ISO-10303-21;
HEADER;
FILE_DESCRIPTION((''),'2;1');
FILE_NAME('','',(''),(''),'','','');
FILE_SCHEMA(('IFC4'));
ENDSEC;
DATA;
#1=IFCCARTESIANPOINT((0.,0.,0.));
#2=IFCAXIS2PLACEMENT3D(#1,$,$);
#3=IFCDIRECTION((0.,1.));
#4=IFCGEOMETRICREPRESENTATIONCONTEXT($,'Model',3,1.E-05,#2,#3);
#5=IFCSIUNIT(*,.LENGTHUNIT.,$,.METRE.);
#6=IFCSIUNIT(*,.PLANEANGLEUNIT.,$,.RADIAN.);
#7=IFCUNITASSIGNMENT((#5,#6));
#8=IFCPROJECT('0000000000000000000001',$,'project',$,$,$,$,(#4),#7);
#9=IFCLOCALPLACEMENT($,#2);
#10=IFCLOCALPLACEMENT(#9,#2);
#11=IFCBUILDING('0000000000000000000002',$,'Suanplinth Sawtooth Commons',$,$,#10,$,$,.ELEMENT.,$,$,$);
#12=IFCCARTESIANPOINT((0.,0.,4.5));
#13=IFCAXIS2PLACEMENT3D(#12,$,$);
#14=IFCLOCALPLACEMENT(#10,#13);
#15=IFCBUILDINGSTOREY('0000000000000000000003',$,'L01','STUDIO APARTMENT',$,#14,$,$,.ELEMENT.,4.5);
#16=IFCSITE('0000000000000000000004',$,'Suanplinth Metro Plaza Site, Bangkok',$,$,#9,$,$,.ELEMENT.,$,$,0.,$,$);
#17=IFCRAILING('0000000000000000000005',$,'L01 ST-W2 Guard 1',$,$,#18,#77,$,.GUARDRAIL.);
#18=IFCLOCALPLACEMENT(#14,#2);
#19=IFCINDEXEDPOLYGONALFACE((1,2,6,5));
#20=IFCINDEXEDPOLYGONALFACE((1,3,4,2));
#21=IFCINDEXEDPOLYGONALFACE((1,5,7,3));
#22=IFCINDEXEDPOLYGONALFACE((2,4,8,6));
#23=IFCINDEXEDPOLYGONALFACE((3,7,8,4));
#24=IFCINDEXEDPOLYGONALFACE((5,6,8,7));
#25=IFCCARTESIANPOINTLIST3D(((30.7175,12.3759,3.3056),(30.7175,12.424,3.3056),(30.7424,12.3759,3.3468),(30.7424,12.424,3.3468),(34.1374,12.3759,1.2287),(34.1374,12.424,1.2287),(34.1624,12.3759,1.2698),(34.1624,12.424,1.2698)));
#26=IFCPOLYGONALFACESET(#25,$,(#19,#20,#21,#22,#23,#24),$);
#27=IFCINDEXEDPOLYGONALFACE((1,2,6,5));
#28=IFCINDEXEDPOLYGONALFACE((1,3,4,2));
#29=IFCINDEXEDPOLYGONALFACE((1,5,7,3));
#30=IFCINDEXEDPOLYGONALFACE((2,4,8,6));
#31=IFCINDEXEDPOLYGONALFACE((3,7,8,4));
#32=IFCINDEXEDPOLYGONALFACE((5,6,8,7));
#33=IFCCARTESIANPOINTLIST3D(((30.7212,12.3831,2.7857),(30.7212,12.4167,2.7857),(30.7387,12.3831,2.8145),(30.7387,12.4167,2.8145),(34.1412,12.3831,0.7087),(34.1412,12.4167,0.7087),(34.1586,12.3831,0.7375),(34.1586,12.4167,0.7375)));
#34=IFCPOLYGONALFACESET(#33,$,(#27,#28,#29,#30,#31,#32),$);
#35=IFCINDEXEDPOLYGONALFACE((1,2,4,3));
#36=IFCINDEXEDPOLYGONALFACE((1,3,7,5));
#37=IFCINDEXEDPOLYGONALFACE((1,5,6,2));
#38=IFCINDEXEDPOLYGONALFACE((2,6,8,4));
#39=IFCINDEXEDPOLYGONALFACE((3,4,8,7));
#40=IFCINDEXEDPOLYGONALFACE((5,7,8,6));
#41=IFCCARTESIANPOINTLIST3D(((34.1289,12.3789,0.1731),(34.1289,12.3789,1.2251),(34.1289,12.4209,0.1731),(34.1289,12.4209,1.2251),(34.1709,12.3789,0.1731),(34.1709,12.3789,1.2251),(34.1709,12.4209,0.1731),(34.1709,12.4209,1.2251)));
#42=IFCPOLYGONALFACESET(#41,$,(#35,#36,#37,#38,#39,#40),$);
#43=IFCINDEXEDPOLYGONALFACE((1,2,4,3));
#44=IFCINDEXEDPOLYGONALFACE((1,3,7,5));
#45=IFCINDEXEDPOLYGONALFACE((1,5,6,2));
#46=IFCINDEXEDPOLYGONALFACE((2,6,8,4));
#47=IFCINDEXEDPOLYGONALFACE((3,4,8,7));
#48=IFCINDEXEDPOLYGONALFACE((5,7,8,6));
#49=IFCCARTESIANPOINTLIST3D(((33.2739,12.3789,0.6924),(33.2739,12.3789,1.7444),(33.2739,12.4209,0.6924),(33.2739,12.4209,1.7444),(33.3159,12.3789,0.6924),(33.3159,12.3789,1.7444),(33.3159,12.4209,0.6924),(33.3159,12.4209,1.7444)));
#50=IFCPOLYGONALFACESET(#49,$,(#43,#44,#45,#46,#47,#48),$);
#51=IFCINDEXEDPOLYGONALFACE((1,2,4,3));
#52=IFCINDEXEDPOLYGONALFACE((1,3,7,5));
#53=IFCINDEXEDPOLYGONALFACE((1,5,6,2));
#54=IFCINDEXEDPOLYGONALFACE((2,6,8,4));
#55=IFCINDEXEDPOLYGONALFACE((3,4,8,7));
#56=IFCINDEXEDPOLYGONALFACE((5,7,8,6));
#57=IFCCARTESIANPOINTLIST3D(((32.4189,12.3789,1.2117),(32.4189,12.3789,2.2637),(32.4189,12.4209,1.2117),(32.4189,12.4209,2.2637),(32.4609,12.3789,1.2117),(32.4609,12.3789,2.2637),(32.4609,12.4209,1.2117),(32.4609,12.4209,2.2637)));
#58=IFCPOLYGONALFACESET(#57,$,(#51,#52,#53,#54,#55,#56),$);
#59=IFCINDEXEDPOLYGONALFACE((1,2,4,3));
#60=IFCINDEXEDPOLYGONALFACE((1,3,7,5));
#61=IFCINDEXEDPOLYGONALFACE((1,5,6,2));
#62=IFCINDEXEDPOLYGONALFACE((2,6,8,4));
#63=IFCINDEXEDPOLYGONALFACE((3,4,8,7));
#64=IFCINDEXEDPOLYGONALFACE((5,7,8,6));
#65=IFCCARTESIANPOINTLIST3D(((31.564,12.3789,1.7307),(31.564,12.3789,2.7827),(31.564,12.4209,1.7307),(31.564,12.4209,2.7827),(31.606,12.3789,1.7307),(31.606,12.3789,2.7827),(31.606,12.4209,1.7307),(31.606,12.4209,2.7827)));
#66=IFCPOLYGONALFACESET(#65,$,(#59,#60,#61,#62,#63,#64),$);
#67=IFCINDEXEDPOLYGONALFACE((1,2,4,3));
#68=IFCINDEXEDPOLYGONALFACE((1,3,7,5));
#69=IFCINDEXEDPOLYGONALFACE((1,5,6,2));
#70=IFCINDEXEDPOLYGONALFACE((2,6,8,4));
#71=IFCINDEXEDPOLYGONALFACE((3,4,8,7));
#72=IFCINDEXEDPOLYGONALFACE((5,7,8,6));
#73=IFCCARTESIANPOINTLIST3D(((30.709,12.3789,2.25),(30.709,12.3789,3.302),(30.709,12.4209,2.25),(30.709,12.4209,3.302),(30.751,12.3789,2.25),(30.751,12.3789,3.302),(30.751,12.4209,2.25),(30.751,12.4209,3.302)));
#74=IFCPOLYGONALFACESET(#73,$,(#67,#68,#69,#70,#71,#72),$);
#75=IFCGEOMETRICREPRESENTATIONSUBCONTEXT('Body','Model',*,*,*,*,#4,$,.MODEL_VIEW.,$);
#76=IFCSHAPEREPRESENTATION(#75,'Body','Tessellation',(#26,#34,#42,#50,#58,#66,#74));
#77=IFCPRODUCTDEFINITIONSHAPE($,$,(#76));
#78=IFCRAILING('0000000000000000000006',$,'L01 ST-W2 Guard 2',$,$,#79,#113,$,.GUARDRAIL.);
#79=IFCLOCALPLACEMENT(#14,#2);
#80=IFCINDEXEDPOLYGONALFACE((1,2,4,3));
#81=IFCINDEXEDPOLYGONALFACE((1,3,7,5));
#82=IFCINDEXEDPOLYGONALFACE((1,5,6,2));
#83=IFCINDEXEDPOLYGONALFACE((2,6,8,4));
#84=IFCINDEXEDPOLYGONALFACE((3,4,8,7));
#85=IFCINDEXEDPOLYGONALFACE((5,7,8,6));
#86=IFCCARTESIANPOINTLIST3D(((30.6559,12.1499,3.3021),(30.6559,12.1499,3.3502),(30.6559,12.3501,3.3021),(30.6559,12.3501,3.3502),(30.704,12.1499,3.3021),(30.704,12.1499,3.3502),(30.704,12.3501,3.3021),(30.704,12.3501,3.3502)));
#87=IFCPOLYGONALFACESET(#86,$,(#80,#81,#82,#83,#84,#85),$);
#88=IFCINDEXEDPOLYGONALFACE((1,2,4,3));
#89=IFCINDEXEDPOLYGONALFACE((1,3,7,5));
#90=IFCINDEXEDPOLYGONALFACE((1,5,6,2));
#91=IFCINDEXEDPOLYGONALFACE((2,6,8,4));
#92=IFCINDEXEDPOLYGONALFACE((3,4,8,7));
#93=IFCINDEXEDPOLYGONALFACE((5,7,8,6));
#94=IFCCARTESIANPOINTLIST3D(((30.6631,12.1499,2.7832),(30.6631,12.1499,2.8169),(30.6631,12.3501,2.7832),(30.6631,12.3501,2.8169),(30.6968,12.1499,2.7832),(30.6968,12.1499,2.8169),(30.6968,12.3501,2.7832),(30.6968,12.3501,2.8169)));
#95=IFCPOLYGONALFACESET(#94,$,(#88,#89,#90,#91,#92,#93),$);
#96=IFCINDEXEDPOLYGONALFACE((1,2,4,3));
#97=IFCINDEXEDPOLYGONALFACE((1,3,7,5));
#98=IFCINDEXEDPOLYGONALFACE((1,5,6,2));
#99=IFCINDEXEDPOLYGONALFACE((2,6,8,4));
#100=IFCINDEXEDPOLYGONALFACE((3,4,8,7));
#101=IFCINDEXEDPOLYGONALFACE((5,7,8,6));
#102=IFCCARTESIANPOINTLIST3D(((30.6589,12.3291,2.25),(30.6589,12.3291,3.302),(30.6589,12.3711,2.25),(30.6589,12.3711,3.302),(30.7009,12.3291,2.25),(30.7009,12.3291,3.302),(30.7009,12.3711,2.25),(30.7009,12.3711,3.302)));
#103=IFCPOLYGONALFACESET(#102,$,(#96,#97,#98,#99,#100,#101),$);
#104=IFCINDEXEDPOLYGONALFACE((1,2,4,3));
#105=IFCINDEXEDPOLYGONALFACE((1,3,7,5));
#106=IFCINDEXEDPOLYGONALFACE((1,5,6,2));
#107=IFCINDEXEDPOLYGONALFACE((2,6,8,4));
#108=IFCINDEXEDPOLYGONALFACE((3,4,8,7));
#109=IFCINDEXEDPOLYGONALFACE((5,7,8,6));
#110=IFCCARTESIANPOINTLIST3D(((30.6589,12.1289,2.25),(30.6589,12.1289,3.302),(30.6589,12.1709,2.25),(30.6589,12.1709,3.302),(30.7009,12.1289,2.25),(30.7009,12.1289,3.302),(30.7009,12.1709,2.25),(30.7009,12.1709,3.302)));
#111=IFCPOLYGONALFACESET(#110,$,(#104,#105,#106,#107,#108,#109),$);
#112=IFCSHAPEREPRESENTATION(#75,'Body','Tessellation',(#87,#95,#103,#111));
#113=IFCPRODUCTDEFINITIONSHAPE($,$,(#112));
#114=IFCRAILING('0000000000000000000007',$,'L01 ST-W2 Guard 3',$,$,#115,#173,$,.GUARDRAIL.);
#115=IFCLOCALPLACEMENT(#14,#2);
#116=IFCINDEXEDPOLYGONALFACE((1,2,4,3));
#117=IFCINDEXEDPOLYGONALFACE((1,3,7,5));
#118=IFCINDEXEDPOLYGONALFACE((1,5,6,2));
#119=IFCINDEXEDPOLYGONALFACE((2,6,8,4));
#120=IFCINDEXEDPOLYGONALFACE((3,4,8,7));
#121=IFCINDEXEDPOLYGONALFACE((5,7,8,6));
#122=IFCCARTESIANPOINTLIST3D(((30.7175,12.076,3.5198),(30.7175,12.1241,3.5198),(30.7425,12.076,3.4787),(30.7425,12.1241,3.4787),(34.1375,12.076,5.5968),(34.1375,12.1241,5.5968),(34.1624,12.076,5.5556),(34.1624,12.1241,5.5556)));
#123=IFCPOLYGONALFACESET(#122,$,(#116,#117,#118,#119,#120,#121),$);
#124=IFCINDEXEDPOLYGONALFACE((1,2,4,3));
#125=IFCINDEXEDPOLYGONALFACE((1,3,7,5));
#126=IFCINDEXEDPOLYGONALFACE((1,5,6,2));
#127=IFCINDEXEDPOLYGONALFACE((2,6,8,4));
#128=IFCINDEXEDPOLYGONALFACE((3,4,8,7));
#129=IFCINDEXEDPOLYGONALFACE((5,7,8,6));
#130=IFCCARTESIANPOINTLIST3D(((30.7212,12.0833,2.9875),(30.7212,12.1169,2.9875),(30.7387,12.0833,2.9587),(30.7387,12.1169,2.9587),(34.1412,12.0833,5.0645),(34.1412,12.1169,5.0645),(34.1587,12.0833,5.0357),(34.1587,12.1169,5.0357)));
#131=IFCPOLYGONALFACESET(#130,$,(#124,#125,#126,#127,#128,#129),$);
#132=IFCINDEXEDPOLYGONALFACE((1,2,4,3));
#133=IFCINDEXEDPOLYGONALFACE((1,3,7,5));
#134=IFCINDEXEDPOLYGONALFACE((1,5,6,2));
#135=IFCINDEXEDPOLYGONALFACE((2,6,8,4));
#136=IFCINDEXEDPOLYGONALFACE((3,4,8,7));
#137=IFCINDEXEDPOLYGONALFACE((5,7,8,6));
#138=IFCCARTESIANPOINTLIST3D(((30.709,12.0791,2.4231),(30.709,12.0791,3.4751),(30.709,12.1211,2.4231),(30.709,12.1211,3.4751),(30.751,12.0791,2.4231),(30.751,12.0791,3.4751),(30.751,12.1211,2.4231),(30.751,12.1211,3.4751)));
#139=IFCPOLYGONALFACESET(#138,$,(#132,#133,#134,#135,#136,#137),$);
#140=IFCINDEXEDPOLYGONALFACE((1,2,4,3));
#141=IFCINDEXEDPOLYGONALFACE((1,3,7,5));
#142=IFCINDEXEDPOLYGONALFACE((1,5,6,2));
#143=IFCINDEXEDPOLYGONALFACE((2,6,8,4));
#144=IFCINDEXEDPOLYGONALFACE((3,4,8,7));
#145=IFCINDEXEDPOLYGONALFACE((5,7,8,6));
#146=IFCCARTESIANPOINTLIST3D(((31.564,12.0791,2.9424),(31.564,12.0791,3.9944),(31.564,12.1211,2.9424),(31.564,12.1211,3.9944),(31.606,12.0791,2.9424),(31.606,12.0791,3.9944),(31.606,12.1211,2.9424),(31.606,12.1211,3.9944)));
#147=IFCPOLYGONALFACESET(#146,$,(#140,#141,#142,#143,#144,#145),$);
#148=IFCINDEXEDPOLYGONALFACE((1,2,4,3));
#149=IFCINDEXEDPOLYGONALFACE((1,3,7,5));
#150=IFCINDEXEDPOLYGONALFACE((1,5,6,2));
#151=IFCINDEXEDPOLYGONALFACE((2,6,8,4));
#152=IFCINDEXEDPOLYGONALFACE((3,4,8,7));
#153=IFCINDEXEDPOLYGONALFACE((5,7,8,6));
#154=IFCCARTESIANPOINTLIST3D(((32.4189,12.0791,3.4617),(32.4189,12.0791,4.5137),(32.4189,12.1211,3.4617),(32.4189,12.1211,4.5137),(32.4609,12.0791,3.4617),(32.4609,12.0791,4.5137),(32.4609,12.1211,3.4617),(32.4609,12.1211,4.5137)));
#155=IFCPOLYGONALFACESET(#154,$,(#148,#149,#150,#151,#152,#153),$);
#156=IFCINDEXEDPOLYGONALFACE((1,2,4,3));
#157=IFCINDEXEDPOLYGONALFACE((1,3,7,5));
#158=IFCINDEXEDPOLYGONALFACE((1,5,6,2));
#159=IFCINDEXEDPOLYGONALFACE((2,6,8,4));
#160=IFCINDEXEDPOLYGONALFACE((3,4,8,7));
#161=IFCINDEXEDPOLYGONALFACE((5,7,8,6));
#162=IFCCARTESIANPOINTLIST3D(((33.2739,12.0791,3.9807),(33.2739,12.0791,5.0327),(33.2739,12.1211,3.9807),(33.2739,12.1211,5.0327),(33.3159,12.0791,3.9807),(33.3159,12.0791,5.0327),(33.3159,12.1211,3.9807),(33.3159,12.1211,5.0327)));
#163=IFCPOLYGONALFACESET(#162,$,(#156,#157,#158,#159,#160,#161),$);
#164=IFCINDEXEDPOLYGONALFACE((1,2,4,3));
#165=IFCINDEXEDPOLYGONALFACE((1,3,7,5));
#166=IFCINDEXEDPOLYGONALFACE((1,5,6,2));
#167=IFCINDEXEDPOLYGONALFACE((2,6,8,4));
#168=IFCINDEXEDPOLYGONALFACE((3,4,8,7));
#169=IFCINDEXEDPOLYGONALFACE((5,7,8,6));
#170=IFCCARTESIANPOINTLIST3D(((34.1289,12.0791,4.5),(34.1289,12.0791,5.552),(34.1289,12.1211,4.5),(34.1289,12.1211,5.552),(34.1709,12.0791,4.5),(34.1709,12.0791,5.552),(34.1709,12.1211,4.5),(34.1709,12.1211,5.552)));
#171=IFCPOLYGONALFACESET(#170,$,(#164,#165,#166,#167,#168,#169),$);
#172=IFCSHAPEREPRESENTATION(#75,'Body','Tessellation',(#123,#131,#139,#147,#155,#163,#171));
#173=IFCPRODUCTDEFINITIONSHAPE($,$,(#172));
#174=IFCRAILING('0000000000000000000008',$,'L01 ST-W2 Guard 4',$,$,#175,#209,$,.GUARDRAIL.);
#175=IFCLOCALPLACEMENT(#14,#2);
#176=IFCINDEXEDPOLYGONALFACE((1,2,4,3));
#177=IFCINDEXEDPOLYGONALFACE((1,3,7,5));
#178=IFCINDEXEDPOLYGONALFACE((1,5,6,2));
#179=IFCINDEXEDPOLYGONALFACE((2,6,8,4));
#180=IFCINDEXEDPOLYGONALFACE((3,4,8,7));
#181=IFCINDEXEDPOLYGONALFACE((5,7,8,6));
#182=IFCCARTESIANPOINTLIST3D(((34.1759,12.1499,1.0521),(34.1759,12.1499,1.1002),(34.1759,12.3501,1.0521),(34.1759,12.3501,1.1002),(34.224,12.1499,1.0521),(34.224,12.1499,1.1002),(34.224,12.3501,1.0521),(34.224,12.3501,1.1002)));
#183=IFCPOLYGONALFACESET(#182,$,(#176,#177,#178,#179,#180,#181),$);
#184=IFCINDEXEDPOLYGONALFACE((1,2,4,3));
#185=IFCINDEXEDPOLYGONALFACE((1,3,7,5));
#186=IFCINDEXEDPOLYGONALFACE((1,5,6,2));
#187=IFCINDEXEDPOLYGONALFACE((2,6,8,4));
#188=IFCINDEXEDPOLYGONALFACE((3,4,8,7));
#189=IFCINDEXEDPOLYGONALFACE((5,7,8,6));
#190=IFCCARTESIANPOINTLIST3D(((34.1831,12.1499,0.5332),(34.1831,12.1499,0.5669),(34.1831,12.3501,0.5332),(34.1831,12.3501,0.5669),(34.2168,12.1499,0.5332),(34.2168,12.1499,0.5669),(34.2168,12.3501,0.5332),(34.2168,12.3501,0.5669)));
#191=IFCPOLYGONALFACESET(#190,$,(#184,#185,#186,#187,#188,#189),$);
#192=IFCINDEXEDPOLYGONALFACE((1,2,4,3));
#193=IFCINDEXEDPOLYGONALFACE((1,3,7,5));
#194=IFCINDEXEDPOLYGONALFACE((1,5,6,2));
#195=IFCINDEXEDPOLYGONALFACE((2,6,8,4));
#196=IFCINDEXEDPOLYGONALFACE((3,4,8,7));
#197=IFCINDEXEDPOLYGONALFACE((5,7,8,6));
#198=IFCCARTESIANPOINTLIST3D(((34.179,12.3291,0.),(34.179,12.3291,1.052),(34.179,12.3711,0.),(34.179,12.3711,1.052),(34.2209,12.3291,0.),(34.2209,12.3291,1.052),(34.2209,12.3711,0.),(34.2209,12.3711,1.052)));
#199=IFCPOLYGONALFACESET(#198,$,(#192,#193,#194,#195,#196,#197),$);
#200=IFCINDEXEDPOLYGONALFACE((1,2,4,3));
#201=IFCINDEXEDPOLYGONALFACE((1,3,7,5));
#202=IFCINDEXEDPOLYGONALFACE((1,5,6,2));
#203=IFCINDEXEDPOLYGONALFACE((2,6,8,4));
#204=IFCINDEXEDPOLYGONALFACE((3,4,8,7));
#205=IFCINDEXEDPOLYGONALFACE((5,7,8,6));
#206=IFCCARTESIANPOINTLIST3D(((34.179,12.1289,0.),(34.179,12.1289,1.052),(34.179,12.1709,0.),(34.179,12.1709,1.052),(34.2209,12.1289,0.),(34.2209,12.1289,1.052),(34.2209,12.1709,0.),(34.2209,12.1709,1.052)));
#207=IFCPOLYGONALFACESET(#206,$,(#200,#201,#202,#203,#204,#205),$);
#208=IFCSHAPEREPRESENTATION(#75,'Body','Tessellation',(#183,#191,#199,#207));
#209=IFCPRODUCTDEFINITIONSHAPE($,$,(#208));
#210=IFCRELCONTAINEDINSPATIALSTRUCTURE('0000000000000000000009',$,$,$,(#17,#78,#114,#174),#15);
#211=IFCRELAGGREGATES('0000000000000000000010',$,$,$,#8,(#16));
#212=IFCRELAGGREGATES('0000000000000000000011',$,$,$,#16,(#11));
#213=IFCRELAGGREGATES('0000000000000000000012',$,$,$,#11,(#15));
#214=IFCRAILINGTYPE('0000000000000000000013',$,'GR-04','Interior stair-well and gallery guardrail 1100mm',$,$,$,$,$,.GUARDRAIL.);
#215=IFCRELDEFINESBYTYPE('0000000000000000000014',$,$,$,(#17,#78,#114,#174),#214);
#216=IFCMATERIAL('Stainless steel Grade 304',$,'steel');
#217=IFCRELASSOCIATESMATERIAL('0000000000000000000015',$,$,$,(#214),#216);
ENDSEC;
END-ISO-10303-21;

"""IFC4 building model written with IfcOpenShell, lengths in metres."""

from ifc_helpers import new_model, si_unit, direction, frame, origin, origin_2d, place, context, subcontext, project, spatial, rectangle, extrude, material, type_object, element, save


model = new_model("IFC4")

# Units and contexts
model_context = context("Model", 3, precision=1e-05, world=origin(), true_north=direction((0.0, 1.0)))
body_context = subcontext(model_context, "Body", "Model", "MODEL_VIEW")
ifc_project = project(units=[si_unit("LENGTHUNIT", "METRE"), si_unit("PLANEANGLEUNIT", "RADIAN")], contexts=[model_context])

# Site, building, storey
site_placement = place(None, origin())
site = spatial("IfcSite", under=ifc_project, at=site_placement, Name="Suanplinth Metro Plaza Site, Bangkok", CompositionType="ELEMENT", RefElevation=0.0)
building_placement = place(site_placement, origin())
building = spatial("IfcBuilding", under=site, at=building_placement, Name="Suanplinth Sawtooth Commons", CompositionType="ELEMENT")
storey_placement = place(building_placement, frame((0.0, 0.0, 4.5)))
storey = spatial("IfcBuildingStorey", under=building, at=storey_placement, Name="L01", Description="STUDIO APARTMENT", CompositionType="ELEMENT", Elevation=4.5)

# Railings
ifc_material_1 = material(Name="Stainless steel Grade 304", Category="steel")
railing_type_1 = type_object("IfcRailingType", Name="GR-04", Description="Interior stair-well and gallery guardrail 1100mm", PredefinedType="GUARDRAIL", material=ifc_material_1)
railing_1_placement = place(storey_placement, frame((34.1499, 12.3999, 0.1731)))
element("IfcRailing", 1, at=railing_1_placement, inside=storey, type_object=railing_type_1, Name="L01 ST-W2 Guard 1", PredefinedType="GUARDRAIL", context=body_context, shape_type="SweptSolid", body=[
    extrude(rectangle(XDim=0.0481, YDim=0.0481, at=origin_2d()), frame((0.0, 0.0, 1.0762), z_axis=(-0.85473, 0.0, 0.519074), x_axis=(0.0, -1.0, 0.0)), (0.0, 0.0, 1.0), 4.0012),
    extrude(rectangle(XDim=0.0337, YDim=0.0337, at=origin_2d()), frame((0.0, 0.0, 0.55), z_axis=(-0.85473, 0.0, 0.519074), x_axis=(0.0, -1.0, 0.0)), (0.0, 0.0, 1.0), 4.0012),
    extrude(rectangle(XDim=0.042, YDim=0.042, at=origin_2d()), origin(), (0.0, 0.0, 1.0), 1.052),
    extrude(rectangle(XDim=0.042, YDim=0.042, at=origin_2d()), frame((-0.855, 0.0, 0.5193)), (0.0, 0.0, 1.0), 1.052),
    extrude(rectangle(XDim=0.042, YDim=0.042, at=origin_2d()), frame((-1.71, 0.0, 1.0386)), (0.0, 0.0, 1.0), 1.052),
    extrude(rectangle(XDim=0.042, YDim=0.042, at=origin_2d()), frame((-2.5649, 0.0, 1.5576)), (0.0, 0.0, 1.0), 1.052),
    extrude(rectangle(XDim=0.042, YDim=0.042, at=origin_2d()), frame((-3.4199, 0.0, 2.0769)), (0.0, 0.0, 1.0), 1.052),
])
railing_2_placement = place(storey_placement, frame((30.6799, 12.3501, 2.25)))
element("IfcRailing", 2, at=railing_2_placement, inside=storey, type_object=railing_type_1, Name="L01 ST-W2 Guard 2", PredefinedType="GUARDRAIL", context=body_context, shape_type="SweptSolid", body=[
    extrude(rectangle(XDim=0.0481, YDim=0.0481, at=origin_2d()), frame((0.0, 0.0, 1.0762), z_axis=(0.0, -1.0, 0.0), x_axis=(1.0, 0.0, 0.0)), (0.0, 0.0, 1.0), 0.2002),
    extrude(rectangle(XDim=0.0337, YDim=0.0337, at=origin_2d()), frame((0.0, 0.0, 0.55), z_axis=(0.0, -1.0, 0.0), x_axis=(1.0, 0.0, 0.0)), (0.0, 0.0, 1.0), 0.2002),
    extrude(rectangle(XDim=0.042, YDim=0.042, at=origin_2d()), origin(), (0.0, 0.0, 1.0), 1.052),
    extrude(rectangle(XDim=0.042, YDim=0.042, at=origin_2d()), frame((0.0, -0.2002, 0.0)), (0.0, 0.0, 1.0), 1.052),
])
railing_3_placement = place(storey_placement, frame((30.73, 12.1001, 2.4231)))
element("IfcRailing", 3, at=railing_3_placement, inside=storey, type_object=railing_type_1, Name="L01 ST-W2 Guard 3", PredefinedType="GUARDRAIL", context=body_context, shape_type="SweptSolid", body=[
    extrude(rectangle(XDim=0.0481, YDim=0.0481, at=origin_2d()), frame((0.0, 0.0, 1.0762), z_axis=(0.85473, 0.0, 0.519074), x_axis=(0.0, 1.0, 0.0)), (0.0, 0.0, 1.0), 4.0012),
    extrude(rectangle(XDim=0.0337, YDim=0.0337, at=origin_2d()), frame((0.0, 0.0, 0.55), z_axis=(0.85473, 0.0, 0.519074), x_axis=(0.0, 1.0, 0.0)), (0.0, 0.0, 1.0), 4.0012),
    extrude(rectangle(XDim=0.042, YDim=0.042, at=origin_2d()), origin(), (0.0, 0.0, 1.0), 1.052),
    extrude(rectangle(XDim=0.042, YDim=0.042, at=origin_2d()), frame((0.855, 0.0, 0.5193)), (0.0, 0.0, 1.0), 1.052),
    extrude(rectangle(XDim=0.042, YDim=0.042, at=origin_2d()), frame((1.71, 0.0, 1.0386)), (0.0, 0.0, 1.0), 1.052),
    extrude(rectangle(XDim=0.042, YDim=0.042, at=origin_2d()), frame((2.5649, 0.0, 1.5576)), (0.0, 0.0, 1.0), 1.052),
    extrude(rectangle(XDim=0.042, YDim=0.042, at=origin_2d()), frame((3.4199, 0.0, 2.0769)), (0.0, 0.0, 1.0), 1.052),
])
railing_4_placement = place(storey_placement, frame((34.2, 12.3501, 0.0)))
element("IfcRailing", 4, at=railing_4_placement, inside=storey, type_object=railing_type_1, Name="L01 ST-W2 Guard 4", PredefinedType="GUARDRAIL", context=body_context, shape_type="SweptSolid", body=[
    extrude(rectangle(XDim=0.0481, YDim=0.0481, at=origin_2d()), frame((0.0, 0.0, 1.0762), z_axis=(0.0, -1.0, 0.0), x_axis=(1.0, 0.0, 0.0)), (0.0, 0.0, 1.0), 0.2002),
    extrude(rectangle(XDim=0.0337, YDim=0.0337, at=origin_2d()), frame((0.0, 0.0, 0.55), z_axis=(0.0, -1.0, 0.0), x_axis=(1.0, 0.0, 0.0)), (0.0, 0.0, 1.0), 0.2002),
    extrude(rectangle(XDim=0.042, YDim=0.042, at=origin_2d()), origin(), (0.0, 0.0, 1.0), 1.052),
    extrude(rectangle(XDim=0.042, YDim=0.042, at=origin_2d()), frame((0.0, -0.2002, 0.0)), (0.0, 0.0, 1.0), 1.052),
])

save(model, "model.ifc")
